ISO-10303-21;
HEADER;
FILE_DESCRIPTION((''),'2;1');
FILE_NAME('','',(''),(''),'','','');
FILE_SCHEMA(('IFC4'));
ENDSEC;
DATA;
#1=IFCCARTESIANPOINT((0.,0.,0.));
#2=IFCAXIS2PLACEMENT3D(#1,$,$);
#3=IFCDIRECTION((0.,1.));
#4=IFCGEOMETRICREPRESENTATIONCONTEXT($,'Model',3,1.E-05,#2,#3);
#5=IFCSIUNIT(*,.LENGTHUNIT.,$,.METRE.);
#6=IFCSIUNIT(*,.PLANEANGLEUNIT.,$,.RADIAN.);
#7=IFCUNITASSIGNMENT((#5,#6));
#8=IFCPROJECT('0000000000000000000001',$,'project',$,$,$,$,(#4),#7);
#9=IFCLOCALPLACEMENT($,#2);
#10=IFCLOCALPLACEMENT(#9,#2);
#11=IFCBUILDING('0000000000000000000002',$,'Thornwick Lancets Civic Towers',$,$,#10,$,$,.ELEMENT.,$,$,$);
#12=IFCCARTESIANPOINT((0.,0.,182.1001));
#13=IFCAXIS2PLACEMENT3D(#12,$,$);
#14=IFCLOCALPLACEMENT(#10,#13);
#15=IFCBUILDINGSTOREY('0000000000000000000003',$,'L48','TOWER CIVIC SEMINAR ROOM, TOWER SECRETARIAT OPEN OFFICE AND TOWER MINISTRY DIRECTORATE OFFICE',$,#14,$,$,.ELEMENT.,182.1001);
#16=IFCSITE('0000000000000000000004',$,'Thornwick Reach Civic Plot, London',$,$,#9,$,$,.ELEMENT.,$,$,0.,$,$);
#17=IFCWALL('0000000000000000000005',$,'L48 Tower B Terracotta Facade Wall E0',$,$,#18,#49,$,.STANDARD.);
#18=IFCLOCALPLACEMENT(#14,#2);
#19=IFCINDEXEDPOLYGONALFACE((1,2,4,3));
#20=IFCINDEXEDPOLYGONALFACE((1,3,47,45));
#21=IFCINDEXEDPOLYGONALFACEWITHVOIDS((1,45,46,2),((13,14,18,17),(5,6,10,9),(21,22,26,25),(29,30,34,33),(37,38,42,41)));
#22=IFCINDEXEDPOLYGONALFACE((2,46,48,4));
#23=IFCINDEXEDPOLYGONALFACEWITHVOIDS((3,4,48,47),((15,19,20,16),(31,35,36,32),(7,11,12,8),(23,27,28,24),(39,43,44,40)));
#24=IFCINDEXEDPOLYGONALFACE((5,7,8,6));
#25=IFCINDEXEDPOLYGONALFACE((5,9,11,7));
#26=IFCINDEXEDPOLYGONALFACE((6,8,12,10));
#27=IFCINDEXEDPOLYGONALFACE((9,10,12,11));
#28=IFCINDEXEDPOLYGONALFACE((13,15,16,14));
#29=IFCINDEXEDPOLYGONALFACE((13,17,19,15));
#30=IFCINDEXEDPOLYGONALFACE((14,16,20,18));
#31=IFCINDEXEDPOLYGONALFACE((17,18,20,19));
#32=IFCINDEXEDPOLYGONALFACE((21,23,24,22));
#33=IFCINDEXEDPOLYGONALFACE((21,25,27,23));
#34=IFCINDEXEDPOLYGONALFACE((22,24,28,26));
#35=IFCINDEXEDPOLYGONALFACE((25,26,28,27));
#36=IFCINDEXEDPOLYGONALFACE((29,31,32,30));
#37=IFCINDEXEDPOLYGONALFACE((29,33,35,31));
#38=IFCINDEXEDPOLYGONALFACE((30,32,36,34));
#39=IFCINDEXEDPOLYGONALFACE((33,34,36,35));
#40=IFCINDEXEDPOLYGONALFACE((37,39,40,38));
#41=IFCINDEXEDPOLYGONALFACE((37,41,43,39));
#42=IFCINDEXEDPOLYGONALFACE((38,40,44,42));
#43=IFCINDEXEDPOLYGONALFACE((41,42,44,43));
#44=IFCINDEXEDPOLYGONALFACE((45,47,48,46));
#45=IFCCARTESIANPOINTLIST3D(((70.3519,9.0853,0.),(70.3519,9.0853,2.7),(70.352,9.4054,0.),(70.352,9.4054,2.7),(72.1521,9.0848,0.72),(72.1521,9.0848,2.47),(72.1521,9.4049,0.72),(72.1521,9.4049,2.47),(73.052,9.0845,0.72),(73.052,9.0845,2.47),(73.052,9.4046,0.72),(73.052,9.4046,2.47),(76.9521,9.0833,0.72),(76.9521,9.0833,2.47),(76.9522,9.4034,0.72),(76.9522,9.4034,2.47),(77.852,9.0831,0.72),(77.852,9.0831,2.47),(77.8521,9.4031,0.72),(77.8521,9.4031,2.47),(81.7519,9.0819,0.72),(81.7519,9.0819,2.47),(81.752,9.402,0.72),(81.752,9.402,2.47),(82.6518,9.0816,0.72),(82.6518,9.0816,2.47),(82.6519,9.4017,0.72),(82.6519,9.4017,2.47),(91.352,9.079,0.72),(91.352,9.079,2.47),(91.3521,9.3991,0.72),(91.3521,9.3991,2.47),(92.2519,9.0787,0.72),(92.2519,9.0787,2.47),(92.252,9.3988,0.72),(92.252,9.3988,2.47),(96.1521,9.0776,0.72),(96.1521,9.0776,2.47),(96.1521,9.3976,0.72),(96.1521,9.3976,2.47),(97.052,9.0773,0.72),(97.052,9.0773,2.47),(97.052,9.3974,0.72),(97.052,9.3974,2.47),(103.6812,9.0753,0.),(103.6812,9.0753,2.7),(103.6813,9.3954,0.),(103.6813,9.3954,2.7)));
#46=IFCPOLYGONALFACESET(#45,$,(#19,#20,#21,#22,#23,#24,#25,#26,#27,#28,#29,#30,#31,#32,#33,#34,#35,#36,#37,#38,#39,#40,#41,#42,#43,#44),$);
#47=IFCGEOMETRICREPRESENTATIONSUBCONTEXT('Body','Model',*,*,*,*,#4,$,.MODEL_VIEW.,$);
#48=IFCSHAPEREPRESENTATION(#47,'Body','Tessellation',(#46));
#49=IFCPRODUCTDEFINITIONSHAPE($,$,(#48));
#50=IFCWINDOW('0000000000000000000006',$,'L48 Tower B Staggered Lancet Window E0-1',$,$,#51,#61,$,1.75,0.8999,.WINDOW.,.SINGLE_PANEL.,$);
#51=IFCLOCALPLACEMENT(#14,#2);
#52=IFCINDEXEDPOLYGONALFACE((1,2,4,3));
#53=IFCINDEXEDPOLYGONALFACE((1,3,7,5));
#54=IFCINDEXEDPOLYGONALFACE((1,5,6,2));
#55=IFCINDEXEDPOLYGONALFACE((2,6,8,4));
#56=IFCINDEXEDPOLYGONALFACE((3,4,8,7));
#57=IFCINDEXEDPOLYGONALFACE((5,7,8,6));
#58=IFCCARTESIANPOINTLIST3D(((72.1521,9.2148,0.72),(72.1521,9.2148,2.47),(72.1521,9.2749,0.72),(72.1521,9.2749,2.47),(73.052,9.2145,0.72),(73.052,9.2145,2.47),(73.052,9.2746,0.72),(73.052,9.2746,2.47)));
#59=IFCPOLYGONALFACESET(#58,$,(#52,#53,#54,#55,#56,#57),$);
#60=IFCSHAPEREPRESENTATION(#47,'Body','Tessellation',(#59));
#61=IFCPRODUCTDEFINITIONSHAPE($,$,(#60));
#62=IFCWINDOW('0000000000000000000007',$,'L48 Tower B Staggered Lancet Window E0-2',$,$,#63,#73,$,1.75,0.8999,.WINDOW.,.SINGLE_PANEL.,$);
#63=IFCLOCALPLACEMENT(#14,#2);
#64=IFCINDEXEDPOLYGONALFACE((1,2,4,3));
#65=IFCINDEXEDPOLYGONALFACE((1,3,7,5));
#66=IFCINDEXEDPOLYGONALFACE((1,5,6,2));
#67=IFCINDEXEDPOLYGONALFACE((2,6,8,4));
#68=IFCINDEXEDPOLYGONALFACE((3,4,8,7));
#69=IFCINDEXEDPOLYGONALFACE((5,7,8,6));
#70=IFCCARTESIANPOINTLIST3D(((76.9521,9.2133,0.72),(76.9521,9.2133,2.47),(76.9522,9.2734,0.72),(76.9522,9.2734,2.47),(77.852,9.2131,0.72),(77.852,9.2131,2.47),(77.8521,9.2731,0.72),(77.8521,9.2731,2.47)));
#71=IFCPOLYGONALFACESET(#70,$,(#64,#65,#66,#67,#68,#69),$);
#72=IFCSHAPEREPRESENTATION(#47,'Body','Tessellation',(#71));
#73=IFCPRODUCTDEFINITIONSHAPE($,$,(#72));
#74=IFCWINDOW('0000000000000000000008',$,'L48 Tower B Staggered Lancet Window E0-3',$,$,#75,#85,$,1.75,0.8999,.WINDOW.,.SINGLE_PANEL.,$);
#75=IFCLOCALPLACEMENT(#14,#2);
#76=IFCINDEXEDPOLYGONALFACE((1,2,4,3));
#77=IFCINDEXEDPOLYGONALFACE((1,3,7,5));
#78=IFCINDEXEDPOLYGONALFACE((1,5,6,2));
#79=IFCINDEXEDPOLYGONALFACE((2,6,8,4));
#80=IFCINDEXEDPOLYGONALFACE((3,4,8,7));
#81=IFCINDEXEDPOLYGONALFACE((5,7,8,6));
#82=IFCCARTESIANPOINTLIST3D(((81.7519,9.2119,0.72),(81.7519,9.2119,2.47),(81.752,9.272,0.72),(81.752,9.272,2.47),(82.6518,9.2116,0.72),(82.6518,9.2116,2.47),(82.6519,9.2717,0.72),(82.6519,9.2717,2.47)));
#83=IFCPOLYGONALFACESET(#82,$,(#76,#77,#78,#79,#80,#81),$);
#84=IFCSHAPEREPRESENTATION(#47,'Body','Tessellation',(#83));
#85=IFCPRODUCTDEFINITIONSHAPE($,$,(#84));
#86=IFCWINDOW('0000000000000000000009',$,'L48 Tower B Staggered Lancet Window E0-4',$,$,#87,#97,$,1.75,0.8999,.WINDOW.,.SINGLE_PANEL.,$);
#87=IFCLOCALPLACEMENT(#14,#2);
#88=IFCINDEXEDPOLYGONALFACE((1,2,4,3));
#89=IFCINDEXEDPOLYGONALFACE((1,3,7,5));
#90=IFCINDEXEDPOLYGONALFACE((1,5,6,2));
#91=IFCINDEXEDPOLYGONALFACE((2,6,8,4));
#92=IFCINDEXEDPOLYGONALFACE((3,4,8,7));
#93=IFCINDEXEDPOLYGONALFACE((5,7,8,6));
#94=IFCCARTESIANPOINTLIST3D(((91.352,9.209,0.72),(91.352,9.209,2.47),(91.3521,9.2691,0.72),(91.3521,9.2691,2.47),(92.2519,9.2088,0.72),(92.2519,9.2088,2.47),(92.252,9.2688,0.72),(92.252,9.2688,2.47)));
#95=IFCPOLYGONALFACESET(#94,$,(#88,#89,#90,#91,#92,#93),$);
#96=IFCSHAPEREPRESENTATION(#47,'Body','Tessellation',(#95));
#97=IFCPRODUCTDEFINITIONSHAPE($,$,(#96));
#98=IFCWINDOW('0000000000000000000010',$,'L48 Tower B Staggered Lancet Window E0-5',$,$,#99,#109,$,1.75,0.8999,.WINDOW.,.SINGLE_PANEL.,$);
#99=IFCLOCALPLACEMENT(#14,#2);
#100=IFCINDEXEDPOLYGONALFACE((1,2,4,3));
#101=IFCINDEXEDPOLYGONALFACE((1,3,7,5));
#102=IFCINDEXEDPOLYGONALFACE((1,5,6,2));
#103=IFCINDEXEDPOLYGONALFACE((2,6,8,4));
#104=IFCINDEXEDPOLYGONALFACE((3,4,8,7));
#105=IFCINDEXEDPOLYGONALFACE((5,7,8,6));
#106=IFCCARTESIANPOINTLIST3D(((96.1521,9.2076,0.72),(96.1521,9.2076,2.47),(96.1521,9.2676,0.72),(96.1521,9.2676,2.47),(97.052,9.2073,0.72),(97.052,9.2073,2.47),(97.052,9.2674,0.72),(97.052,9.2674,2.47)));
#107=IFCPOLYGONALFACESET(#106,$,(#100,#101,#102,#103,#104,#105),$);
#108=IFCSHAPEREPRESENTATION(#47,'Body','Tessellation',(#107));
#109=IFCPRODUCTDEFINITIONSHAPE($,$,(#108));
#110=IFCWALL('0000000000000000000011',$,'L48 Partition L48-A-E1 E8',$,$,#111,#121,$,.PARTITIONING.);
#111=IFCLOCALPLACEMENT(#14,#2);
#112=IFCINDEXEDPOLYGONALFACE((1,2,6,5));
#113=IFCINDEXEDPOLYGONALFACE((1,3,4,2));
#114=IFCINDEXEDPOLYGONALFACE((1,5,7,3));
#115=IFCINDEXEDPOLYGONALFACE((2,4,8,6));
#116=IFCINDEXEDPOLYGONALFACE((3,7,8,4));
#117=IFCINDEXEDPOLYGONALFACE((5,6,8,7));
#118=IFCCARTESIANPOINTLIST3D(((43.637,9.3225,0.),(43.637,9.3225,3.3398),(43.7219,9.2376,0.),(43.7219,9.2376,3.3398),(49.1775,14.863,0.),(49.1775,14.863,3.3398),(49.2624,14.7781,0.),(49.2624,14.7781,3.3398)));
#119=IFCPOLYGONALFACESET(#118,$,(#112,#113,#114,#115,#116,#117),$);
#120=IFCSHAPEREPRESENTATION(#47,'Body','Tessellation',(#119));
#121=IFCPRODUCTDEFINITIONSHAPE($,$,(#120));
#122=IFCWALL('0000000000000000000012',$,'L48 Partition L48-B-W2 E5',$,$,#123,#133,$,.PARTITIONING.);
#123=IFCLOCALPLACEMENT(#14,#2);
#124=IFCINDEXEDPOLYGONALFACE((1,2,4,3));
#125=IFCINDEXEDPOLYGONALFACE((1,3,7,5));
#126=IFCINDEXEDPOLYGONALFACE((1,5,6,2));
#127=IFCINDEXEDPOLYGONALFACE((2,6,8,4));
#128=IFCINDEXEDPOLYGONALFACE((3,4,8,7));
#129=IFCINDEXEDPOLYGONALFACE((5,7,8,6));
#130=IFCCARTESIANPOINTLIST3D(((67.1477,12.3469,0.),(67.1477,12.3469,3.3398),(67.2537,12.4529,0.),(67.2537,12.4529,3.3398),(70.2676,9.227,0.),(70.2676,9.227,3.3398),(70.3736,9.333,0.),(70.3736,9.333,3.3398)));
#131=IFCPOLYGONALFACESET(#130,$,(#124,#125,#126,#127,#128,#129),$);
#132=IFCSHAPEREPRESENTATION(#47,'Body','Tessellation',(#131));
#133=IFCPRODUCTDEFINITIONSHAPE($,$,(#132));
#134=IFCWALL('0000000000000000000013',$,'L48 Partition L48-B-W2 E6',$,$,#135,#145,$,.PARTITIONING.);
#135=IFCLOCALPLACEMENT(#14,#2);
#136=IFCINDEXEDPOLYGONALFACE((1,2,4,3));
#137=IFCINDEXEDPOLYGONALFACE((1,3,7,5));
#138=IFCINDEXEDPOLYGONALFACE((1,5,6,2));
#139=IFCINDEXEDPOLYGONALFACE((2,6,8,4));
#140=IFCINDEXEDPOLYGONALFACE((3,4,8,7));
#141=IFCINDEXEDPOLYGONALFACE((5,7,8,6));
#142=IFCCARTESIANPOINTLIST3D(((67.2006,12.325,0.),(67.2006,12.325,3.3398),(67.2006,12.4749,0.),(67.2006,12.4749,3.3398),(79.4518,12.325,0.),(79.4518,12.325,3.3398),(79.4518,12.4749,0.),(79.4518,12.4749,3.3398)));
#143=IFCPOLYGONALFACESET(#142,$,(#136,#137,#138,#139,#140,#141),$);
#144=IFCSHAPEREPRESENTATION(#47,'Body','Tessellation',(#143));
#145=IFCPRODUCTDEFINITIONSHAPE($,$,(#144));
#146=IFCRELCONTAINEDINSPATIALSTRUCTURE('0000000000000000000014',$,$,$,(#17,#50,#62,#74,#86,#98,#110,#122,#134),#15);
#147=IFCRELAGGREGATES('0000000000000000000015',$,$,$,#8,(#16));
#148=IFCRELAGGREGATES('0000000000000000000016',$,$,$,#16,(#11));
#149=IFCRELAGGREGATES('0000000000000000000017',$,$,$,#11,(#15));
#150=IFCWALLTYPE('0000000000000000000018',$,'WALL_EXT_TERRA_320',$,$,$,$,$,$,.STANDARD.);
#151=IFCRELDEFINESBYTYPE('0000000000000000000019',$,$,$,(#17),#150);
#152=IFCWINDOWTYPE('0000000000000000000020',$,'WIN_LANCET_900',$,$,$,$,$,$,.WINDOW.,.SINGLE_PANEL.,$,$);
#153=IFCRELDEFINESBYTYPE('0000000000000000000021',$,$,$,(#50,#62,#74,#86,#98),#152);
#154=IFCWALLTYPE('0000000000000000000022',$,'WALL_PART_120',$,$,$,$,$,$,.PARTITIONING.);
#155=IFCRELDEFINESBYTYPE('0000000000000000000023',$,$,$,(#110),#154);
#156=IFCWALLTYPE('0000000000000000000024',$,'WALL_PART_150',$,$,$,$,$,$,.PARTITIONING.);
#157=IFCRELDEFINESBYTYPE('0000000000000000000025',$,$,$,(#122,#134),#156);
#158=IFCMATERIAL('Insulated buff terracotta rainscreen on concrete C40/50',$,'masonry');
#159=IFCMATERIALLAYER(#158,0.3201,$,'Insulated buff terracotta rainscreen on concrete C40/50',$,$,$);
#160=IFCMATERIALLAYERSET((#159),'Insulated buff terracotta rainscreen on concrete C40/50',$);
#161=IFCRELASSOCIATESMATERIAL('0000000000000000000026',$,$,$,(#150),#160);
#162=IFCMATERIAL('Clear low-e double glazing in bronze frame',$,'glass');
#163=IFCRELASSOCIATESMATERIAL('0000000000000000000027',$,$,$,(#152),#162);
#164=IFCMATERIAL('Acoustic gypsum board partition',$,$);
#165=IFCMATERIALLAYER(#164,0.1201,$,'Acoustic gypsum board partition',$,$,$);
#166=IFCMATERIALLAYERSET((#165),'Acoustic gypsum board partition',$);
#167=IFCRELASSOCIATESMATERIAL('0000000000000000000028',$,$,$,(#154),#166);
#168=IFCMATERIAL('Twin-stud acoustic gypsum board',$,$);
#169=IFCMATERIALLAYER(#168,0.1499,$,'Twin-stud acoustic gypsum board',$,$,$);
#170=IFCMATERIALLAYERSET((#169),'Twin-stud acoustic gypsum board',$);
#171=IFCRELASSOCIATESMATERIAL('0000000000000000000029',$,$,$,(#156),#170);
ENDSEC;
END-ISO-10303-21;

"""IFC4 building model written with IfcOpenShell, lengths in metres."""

from ifc_helpers import new_model, si_unit, direction, frame, frame_2d, origin, place, context, subcontext, project, spatial, rectangle, extrude, material, layer, layer_set, type_object, element, fill, save


model = new_model("IFC4")

# Units and contexts
model_context = context("Model", 3, precision=1e-05, world=origin(), true_north=direction((0.0, 1.0)))
body_context = subcontext(model_context, "Body", "Model", "MODEL_VIEW")
ifc_project = project(units=[si_unit("LENGTHUNIT", "METRE"), si_unit("PLANEANGLEUNIT", "RADIAN")], contexts=[model_context])

# Site, building, storey
site_placement = place(None, origin())
site = spatial("IfcSite", under=ifc_project, at=site_placement, Name="Thornwick Reach Civic Plot, London", CompositionType="ELEMENT", RefElevation=0.0)
building_placement = place(site_placement, origin())
building = spatial("IfcBuilding", under=site, at=building_placement, Name="Thornwick Lancets Civic Towers", CompositionType="ELEMENT")
storey_placement = place(building_placement, frame((0.0, 0.0, 182.1001)))
storey = spatial("IfcBuildingStorey", under=building, at=storey_placement, Name="L48", Description="TOWER CIVIC SEMINAR ROOM, TOWER SECRETARIAT OPEN OFFICE AND TOWER MINISTRY DIRECTORATE OFFICE", CompositionType="ELEMENT", Elevation=182.1001)

# Wall, openings, windows
ifc_material_1 = material(Name="Insulated buff terracotta rainscreen on concrete C40/50", Category="masonry")
ifc_layer_1 = layer(ifc_material_1, 0.3201, Name="Insulated buff terracotta rainscreen on concrete C40/50")
ifc_layer_set_1 = layer_set([ifc_layer_1], Name="Insulated buff terracotta rainscreen on concrete C40/50")
wall_type_1 = type_object("IfcWallType", Name="WALL_EXT_TERRA_320", PredefinedType="STANDARD", material=ifc_layer_set_1)
ifc_material_2 = material(Name="Clear low-e double glazing in bronze frame", Category="glass")
window_type = type_object("IfcWindowType", Name="WIN_LANCET_900", PartitioningType="SINGLE_PANEL", PredefinedType="WINDOW", material=ifc_material_2)
wall_1_placement = place(storey_placement, frame((70.3521, 9.2454, 0.0), z_axis=(0.0, 0.0, 1.0), x_axis=(1.0, -0.0003, 0.0)))
wall_1 = element("IfcWall", 1, at=wall_1_placement, inside=storey, type_object=wall_type_1, Name="L48 Tower B Terracotta Facade Wall E0", PredefinedType="STANDARD", context=body_context, shape_type="SweptSolid", body=[
    extrude(rectangle(XDim=33.3293, YDim=0.3201, at=frame_2d((16.6646, 0.0))), origin(), (0.0, 0.0, 1.0), 2.7),
])
opening_1_placement = place(wall_1_placement, frame((1.8, 0.0, 0.72)))
opening_1 = element("IfcOpeningElement", 2, at=opening_1_placement, cuts=wall_1, PredefinedType="OPENING", context=body_context, shape_type="SweptSolid", body=[
    extrude(rectangle(XDim=0.8999, YDim=1.75, at=frame_2d((0.45, 0.875))), frame((0.0, 0.1699, 0.0), z_axis=(0.0, -1.0, 0.0), x_axis=(1.0, 0.0, 0.0)), (0.0, 0.0, 1.0), 0.3401),
])
opening_2_placement = place(wall_1_placement, frame((6.6001, 0.0, 0.72)))
opening_2 = element("IfcOpeningElement", 3, at=opening_2_placement, cuts=wall_1, PredefinedType="OPENING", context=body_context, shape_type="SweptSolid", body=[
    extrude(rectangle(XDim=0.8999, YDim=1.75, at=frame_2d((0.45, 0.875))), frame((0.0, 0.1699, 0.0), z_axis=(0.0, -1.0, 0.0), x_axis=(1.0, 0.0, 0.0)), (0.0, 0.0, 1.0), 0.3401),
])
opening_3_placement = place(wall_1_placement, frame((11.3999, 0.0, 0.72)))
opening_3 = element("IfcOpeningElement", 4, at=opening_3_placement, cuts=wall_1, PredefinedType="OPENING", context=body_context, shape_type="SweptSolid", body=[
    extrude(rectangle(XDim=0.8999, YDim=1.75, at=frame_2d((0.45, 0.875))), frame((0.0, 0.1699, 0.0), z_axis=(0.0, -1.0, 0.0), x_axis=(1.0, 0.0, 0.0)), (0.0, 0.0, 1.0), 0.3401),
])
opening_4_placement = place(wall_1_placement, frame((21.0, 0.0, 0.72)))
opening_4 = element("IfcOpeningElement", 5, at=opening_4_placement, cuts=wall_1, PredefinedType="OPENING", context=body_context, shape_type="SweptSolid", body=[
    extrude(rectangle(XDim=0.8999, YDim=1.75, at=frame_2d((0.45, 0.875))), frame((0.0, 0.1699, 0.0), z_axis=(0.0, -1.0, 0.0), x_axis=(1.0, 0.0, 0.0)), (0.0, 0.0, 1.0), 0.3401),
])
opening_5_placement = place(wall_1_placement, frame((25.8, 0.0, 0.72)))
opening_5 = element("IfcOpeningElement", 6, at=opening_5_placement, cuts=wall_1, PredefinedType="OPENING", context=body_context, shape_type="SweptSolid", body=[
    extrude(rectangle(XDim=0.8999, YDim=1.75, at=frame_2d((0.45, 0.875))), frame((0.0, 0.1699, 0.0), z_axis=(0.0, -1.0, 0.0), x_axis=(1.0, 0.0, 0.0)), (0.0, 0.0, 1.0), 0.3401),
])
window_1_placement = place(opening_1_placement, origin())
window_1 = element("IfcWindow", 7, at=window_1_placement, inside=storey, type_object=window_type, Name="L48 Tower B Staggered Lancet Window E0-1", OverallHeight=1.75, OverallWidth=0.8999, PartitioningType="SINGLE_PANEL", PredefinedType="WINDOW", context=body_context, shape_type="SweptSolid", body=[
    extrude(rectangle(XDim=0.8999, YDim=1.75, at=frame_2d((0.45, 0.875))), frame((0.0, 0.03, 0.0), z_axis=(0.0, -1.0, 0.0), x_axis=(1.0, 0.0, 0.0)), (0.0, 0.0, 1.0), 0.0601),
])
fill(opening_1, window_1)
window_2_placement = place(opening_2_placement, origin())
window_2 = element("IfcWindow", 8, at=window_2_placement, inside=storey, type_object=window_type, Name="L48 Tower B Staggered Lancet Window E0-2", OverallHeight=1.75, OverallWidth=0.8999, PartitioningType="SINGLE_PANEL", PredefinedType="WINDOW", context=body_context, shape_type="SweptSolid", body=[
    extrude(rectangle(XDim=0.8999, YDim=1.75, at=frame_2d((0.45, 0.875))), frame((0.0, 0.03, 0.0), z_axis=(0.0, -1.0, 0.0), x_axis=(1.0, 0.0, 0.0)), (0.0, 0.0, 1.0), 0.0601),
])
fill(opening_2, window_2)
window_3_placement = place(opening_3_placement, origin())
window_3 = element("IfcWindow", 9, at=window_3_placement, inside=storey, type_object=window_type, Name="L48 Tower B Staggered Lancet Window E0-3", OverallHeight=1.75, OverallWidth=0.8999, PartitioningType="SINGLE_PANEL", PredefinedType="WINDOW", context=body_context, shape_type="SweptSolid", body=[
    extrude(rectangle(XDim=0.8999, YDim=1.75, at=frame_2d((0.45, 0.875))), frame((0.0, 0.03, 0.0), z_axis=(0.0, -1.0, 0.0), x_axis=(1.0, 0.0, 0.0)), (0.0, 0.0, 1.0), 0.0601),
])
fill(opening_3, window_3)
window_4_placement = place(opening_4_placement, origin())
window_4 = element("IfcWindow", 10, at=window_4_placement, inside=storey, type_object=window_type, Name="L48 Tower B Staggered Lancet Window E0-4", OverallHeight=1.75, OverallWidth=0.8999, PartitioningType="SINGLE_PANEL", PredefinedType="WINDOW", context=body_context, shape_type="SweptSolid", body=[
    extrude(rectangle(XDim=0.8999, YDim=1.75, at=frame_2d((0.45, 0.875))), frame((0.0, 0.03, 0.0), z_axis=(0.0, -1.0, 0.0), x_axis=(1.0, 0.0, 0.0)), (0.0, 0.0, 1.0), 0.0601),
])
fill(opening_4, window_4)
window_5_placement = place(opening_5_placement, origin())
window_5 = element("IfcWindow", 11, at=window_5_placement, inside=storey, type_object=window_type, Name="L48 Tower B Staggered Lancet Window E0-5", OverallHeight=1.75, OverallWidth=0.8999, PartitioningType="SINGLE_PANEL", PredefinedType="WINDOW", context=body_context, shape_type="SweptSolid", body=[
    extrude(rectangle(XDim=0.8999, YDim=1.75, at=frame_2d((0.45, 0.875))), frame((0.0, 0.03, 0.0), z_axis=(0.0, -1.0, 0.0), x_axis=(1.0, 0.0, 0.0)), (0.0, 0.0, 1.0), 0.0601),
])
fill(opening_5, window_5)

# Walls
ifc_material_3 = material(Name="Acoustic gypsum board partition")
ifc_layer_2 = layer(ifc_material_3, 0.1201, Name="Acoustic gypsum board partition")
ifc_layer_set_2 = layer_set([ifc_layer_2], Name="Acoustic gypsum board partition")
wall_type_2 = type_object("IfcWallType", Name="WALL_PART_120", PredefinedType="PARTITIONING", material=ifc_layer_set_2)
wall_2_placement = place(storey_placement, frame((49.22, 14.8206, 0.0), z_axis=(0.0, 0.0, 1.0), x_axis=(-0.707107, -0.707107, 0.0)))
element("IfcWall", 12, at=wall_2_placement, inside=storey, type_object=wall_type_2, Name="L48 Partition L48-A-E1 E8", PredefinedType="PARTITIONING", context=body_context, shape_type="SweptSolid", body=[
    extrude(rectangle(XDim=7.8354, YDim=0.1201, at=frame_2d((3.9177, 0.0))), origin(), (0.0, 0.0, 1.0), 3.3398),
])
ifc_material_4 = material(Name="Twin-stud acoustic gypsum board")
ifc_layer_3 = layer(ifc_material_4, 0.1499, Name="Twin-stud acoustic gypsum board")
ifc_layer_set_3 = layer_set([ifc_layer_3], Name="Twin-stud acoustic gypsum board")
wall_type_3 = type_object("IfcWallType", Name="WALL_PART_150", PredefinedType="PARTITIONING", material=ifc_layer_set_3)
wall_3_placement = place(storey_placement, frame((70.3206, 9.28, 0.0), z_axis=(0.0, 0.0, 1.0), x_axis=(-0.707107, 0.707107, 0.0)))
element("IfcWall", 13, at=wall_3_placement, inside=storey, type_object=wall_type_3, Name="L48 Partition L48-B-W2 E5", PredefinedType="PARTITIONING", context=body_context, shape_type="SweptSolid", body=[
    extrude(rectangle(XDim=4.4121, YDim=0.1499, at=frame_2d((2.2061, 0.0))), origin(), (0.0, 0.0, 1.0), 3.3398),
])
wall_4_placement = place(storey_placement, frame((67.2007, 12.3999, 0.0), z_axis=(0.0, 0.0, 1.0), x_axis=(1.0, 0.0, 0.0)))
element("IfcWall", 14, at=wall_4_placement, inside=storey, type_object=wall_type_3, Name="L48 Partition L48-B-W2 E6", PredefinedType="PARTITIONING", context=body_context, shape_type="SweptSolid", body=[
    extrude(rectangle(XDim=12.2512, YDim=0.1499, at=frame_2d((6.1255, 0.0))), origin(), (0.0, 0.0, 1.0), 3.3398),
])

save(model, "model.ifc")
